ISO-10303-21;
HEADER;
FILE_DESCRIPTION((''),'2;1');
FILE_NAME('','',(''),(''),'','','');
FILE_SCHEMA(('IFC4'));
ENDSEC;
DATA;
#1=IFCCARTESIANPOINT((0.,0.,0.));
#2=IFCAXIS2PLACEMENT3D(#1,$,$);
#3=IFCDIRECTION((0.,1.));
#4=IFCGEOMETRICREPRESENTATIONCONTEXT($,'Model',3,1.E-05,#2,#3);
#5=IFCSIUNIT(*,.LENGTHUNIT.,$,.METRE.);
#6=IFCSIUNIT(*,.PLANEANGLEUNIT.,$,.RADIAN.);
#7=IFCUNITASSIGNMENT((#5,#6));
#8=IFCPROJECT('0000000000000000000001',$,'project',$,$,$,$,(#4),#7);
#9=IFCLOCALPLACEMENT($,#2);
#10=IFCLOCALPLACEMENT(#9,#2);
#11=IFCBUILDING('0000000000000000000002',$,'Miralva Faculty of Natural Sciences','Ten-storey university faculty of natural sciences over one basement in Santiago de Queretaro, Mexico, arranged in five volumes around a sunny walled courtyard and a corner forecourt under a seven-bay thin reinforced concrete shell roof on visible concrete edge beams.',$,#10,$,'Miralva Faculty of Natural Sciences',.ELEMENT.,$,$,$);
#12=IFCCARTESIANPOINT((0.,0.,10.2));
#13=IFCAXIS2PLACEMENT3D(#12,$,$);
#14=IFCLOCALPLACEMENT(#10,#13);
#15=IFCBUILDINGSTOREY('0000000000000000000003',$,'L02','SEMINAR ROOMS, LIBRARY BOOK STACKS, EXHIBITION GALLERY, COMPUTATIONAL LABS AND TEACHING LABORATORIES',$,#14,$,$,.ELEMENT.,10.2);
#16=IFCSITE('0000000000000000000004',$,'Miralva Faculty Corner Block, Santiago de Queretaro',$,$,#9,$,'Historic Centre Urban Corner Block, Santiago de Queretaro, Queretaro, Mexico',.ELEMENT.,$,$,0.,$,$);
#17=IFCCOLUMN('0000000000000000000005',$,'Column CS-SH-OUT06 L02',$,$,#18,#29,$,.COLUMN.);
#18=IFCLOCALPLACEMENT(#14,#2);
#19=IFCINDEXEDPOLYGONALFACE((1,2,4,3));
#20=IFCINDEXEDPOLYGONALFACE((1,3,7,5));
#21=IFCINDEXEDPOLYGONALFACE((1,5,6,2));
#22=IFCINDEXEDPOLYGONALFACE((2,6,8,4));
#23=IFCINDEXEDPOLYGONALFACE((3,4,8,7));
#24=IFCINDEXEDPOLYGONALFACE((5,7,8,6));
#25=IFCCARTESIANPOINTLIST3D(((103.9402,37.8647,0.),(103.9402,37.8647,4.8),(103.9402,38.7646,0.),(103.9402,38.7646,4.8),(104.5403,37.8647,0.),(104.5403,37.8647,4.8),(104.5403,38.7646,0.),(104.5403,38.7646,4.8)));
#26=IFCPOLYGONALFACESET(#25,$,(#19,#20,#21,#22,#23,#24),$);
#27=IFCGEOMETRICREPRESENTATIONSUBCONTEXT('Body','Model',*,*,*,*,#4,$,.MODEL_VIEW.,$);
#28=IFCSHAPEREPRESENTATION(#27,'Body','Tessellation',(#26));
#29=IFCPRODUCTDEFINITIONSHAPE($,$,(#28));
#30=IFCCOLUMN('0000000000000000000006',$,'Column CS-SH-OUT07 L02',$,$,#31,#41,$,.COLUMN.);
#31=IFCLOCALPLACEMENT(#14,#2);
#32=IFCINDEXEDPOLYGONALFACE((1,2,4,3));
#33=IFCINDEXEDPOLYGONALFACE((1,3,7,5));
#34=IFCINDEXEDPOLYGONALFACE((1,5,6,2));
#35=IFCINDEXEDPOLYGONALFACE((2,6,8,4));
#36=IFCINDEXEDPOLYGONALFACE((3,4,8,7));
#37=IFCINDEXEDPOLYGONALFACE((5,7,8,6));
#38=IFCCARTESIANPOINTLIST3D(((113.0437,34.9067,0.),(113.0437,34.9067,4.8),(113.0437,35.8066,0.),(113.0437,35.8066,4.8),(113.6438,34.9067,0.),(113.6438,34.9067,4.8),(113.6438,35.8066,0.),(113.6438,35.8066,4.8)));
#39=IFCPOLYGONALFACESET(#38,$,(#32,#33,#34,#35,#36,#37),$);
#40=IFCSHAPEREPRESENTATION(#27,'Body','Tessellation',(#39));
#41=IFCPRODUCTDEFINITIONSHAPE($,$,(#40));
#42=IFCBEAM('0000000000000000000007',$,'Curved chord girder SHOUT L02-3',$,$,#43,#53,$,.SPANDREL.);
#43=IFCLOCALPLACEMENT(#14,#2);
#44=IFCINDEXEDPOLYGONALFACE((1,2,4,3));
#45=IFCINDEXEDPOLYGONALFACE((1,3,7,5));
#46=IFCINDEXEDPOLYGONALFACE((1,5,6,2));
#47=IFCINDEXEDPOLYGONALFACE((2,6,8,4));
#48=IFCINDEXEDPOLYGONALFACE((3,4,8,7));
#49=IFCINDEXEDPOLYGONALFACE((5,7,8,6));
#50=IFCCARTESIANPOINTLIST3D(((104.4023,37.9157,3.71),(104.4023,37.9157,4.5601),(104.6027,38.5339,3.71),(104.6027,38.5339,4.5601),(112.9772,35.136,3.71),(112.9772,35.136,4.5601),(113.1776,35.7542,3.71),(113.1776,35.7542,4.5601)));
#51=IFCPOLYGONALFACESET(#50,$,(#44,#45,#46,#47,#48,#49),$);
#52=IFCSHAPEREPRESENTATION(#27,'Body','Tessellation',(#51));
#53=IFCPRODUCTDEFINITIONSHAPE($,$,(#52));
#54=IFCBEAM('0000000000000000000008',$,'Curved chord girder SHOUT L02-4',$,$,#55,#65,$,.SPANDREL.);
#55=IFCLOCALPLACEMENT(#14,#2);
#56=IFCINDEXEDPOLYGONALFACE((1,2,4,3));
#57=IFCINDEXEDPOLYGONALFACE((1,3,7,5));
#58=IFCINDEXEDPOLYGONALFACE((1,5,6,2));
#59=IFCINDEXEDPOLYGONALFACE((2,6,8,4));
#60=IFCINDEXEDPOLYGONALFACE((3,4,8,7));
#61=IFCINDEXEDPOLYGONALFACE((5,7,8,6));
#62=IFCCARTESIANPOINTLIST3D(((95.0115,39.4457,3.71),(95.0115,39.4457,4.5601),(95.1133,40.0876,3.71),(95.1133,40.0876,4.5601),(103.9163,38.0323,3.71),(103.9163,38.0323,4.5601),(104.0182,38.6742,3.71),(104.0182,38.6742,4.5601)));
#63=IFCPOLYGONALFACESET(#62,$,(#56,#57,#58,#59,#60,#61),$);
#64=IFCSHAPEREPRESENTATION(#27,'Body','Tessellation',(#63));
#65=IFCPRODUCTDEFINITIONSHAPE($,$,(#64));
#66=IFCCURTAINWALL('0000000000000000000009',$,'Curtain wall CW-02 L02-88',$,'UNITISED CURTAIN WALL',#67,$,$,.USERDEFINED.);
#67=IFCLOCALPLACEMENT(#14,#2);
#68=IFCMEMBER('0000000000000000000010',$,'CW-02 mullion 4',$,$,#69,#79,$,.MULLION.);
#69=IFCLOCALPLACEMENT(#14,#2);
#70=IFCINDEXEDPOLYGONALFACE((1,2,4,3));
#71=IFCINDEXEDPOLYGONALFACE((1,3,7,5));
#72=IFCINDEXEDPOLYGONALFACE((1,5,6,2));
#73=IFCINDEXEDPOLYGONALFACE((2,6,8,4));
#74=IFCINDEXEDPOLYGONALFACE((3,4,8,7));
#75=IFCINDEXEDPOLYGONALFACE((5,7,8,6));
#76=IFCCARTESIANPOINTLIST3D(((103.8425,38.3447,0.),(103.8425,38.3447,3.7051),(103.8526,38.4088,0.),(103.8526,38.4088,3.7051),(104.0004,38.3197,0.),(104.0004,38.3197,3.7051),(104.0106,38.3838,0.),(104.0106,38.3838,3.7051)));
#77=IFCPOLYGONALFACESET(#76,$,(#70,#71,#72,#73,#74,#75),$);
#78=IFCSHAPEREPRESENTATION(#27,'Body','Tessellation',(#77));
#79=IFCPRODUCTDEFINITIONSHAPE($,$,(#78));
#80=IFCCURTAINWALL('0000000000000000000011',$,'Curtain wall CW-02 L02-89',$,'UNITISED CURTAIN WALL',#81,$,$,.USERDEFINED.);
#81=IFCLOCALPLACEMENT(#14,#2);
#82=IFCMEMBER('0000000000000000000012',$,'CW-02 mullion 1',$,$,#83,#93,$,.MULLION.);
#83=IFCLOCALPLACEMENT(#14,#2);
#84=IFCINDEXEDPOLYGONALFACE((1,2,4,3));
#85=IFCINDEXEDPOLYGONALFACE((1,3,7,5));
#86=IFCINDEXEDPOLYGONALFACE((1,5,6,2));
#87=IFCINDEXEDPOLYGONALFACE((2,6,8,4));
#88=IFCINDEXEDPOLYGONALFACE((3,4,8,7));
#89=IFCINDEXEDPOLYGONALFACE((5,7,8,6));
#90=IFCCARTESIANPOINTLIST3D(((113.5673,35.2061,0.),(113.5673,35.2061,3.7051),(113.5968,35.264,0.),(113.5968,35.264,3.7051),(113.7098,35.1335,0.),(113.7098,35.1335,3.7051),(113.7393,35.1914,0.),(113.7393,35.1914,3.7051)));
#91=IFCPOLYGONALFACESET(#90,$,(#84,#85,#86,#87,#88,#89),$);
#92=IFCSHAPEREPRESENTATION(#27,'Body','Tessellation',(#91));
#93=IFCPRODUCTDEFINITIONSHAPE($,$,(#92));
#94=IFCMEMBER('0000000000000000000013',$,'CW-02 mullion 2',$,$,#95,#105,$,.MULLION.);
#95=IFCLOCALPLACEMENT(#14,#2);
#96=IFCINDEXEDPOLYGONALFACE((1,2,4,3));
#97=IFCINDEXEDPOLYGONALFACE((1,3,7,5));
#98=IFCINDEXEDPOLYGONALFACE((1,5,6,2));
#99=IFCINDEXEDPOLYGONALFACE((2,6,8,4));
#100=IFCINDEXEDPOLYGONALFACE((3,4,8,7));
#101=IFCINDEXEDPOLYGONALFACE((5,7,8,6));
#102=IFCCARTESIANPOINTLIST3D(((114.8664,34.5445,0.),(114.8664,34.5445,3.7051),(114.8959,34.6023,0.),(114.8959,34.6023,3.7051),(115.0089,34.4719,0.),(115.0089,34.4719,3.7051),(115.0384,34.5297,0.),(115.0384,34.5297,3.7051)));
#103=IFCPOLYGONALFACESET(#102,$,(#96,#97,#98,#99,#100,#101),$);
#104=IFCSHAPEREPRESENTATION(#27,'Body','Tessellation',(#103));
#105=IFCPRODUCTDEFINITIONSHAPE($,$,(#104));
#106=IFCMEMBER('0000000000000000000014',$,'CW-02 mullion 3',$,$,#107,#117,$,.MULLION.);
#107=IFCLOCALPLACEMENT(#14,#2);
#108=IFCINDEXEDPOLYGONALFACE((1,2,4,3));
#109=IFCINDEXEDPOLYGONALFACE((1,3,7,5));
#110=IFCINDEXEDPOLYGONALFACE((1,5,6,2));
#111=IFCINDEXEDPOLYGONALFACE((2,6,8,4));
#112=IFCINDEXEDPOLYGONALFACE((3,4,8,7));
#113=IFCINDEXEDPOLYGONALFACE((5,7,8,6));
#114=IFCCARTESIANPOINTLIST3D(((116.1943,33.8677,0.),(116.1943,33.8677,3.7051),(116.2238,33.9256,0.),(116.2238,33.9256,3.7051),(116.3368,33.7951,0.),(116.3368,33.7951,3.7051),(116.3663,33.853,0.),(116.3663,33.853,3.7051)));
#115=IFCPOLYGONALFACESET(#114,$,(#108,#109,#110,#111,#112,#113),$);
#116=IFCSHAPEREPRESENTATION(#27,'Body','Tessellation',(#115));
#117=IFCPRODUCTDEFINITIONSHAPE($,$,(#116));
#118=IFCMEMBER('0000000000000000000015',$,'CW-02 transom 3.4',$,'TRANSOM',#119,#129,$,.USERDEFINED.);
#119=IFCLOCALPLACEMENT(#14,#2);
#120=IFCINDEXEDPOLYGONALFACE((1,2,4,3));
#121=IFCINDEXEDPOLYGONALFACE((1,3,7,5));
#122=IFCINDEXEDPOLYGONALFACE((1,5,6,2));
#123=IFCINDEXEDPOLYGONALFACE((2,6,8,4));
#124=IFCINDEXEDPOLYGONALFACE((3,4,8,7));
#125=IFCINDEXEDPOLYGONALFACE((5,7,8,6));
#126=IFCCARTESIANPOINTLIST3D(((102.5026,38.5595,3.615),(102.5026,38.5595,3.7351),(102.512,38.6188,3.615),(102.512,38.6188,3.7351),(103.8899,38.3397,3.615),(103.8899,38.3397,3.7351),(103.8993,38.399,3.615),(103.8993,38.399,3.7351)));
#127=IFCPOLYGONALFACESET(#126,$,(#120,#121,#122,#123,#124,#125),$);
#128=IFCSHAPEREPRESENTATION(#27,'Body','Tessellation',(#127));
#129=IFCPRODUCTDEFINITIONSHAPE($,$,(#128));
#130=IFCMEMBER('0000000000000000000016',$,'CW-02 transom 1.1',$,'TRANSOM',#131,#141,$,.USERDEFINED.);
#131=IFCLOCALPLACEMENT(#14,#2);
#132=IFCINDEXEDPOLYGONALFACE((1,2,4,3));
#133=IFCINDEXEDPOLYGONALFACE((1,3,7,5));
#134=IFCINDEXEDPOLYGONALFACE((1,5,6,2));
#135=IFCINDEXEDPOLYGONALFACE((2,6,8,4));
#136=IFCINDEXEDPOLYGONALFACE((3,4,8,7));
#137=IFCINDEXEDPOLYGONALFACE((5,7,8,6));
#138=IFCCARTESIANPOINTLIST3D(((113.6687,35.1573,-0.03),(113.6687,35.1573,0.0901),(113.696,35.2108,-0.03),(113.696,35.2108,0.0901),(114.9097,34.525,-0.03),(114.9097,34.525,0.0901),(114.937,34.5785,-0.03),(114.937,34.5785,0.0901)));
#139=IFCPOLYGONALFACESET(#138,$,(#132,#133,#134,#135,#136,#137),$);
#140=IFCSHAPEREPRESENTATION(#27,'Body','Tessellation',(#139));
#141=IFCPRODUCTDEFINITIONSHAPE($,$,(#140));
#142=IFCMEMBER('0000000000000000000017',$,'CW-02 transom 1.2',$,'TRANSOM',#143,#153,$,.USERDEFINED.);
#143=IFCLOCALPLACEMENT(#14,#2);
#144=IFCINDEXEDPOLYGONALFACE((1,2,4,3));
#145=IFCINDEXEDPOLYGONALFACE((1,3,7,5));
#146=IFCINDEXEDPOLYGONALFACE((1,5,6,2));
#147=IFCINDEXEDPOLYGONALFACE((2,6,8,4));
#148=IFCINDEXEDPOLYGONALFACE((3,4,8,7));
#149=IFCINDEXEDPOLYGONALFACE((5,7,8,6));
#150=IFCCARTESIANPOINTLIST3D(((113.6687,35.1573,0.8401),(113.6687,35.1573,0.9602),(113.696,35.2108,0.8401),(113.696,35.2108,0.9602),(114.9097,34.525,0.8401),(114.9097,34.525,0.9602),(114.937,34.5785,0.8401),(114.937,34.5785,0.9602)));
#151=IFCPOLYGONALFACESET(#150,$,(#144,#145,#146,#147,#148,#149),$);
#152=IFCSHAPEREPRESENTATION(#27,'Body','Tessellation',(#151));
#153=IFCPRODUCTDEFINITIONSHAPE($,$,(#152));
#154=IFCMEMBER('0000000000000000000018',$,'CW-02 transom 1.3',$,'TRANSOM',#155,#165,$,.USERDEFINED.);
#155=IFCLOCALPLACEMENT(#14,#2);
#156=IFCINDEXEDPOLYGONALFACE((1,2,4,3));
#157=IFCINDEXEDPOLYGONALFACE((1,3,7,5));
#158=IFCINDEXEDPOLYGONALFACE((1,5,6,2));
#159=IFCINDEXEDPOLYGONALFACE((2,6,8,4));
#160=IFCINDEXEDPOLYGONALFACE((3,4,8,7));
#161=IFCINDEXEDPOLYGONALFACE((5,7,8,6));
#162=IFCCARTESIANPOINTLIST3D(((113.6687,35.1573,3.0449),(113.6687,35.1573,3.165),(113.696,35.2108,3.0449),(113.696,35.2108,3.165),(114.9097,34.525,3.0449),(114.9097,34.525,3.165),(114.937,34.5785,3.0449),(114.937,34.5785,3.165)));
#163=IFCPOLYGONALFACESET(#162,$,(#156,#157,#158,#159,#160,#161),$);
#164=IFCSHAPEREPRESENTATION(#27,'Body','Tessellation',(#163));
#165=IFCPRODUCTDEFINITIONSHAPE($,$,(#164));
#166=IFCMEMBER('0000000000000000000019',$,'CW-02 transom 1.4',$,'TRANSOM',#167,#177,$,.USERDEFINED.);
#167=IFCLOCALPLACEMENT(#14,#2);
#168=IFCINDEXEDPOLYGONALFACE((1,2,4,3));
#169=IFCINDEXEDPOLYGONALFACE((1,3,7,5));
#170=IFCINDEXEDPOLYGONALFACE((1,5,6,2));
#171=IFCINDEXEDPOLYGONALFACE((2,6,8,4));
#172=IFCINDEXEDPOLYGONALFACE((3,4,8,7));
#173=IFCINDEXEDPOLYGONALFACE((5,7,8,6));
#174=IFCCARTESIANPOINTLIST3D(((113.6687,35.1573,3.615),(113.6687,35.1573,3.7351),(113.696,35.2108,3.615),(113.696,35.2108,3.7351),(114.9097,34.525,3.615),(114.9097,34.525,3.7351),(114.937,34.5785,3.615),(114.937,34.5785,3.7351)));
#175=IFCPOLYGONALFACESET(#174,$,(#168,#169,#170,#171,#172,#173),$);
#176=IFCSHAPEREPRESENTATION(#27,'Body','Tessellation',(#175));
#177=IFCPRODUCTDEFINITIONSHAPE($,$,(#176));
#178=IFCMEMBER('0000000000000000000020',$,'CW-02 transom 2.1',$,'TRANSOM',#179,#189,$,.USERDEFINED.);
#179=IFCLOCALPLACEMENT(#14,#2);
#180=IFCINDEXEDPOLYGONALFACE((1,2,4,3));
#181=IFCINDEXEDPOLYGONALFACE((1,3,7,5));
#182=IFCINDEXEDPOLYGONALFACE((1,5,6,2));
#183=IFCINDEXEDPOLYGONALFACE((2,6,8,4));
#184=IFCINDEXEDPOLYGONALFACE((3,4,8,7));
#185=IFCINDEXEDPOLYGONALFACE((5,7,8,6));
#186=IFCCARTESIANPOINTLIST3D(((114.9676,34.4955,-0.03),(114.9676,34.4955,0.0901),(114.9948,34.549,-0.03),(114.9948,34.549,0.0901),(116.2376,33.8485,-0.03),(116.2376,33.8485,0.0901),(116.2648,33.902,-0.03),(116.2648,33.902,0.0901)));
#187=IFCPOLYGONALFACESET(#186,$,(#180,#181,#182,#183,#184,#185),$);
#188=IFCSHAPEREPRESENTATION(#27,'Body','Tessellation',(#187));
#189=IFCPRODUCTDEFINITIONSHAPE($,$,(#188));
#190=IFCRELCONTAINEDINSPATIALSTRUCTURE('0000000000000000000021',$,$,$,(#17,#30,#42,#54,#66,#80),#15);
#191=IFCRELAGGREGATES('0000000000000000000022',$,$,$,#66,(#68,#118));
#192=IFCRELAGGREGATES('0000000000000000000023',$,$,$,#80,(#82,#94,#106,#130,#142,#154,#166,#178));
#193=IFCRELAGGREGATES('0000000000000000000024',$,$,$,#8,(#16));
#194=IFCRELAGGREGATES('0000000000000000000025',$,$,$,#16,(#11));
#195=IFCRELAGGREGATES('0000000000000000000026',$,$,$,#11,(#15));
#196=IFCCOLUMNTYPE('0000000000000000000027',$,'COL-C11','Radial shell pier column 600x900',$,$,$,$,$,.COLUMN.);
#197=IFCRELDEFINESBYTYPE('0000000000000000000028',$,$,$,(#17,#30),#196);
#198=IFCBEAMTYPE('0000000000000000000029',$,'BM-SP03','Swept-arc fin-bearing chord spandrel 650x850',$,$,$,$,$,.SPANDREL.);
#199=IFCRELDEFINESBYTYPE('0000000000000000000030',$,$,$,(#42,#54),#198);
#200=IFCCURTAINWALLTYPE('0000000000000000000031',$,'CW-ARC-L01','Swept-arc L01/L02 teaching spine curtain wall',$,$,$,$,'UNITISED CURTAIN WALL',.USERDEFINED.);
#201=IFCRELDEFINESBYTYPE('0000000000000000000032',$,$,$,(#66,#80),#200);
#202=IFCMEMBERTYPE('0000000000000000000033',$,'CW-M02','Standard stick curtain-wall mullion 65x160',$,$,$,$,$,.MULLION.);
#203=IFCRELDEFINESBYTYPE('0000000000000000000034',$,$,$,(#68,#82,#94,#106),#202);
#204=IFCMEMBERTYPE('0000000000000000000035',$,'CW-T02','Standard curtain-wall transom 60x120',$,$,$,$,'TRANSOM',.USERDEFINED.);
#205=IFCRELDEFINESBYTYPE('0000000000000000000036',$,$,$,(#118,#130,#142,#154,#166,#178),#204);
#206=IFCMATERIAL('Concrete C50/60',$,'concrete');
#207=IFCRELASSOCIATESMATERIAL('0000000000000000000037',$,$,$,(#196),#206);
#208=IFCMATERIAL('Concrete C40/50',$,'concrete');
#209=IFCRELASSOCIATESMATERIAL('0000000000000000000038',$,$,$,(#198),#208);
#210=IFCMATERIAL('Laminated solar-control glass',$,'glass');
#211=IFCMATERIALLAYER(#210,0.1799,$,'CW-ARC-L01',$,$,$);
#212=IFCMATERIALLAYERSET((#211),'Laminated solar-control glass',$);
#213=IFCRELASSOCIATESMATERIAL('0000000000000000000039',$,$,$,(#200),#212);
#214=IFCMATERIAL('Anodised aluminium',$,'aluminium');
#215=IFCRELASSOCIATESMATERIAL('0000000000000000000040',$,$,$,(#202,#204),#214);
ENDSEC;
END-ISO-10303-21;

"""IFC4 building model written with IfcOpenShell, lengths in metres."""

from ifc_helpers import new_model, si_unit, direction, frame, origin, origin_2d, place, context, subcontext, project, spatial, rectangle, extrude, material, layer, layer_set, material_profile, profile_set, type_object, element, aggregate, save


model = new_model("IFC4")

# Units and contexts
model_context = context("Model", 3, precision=1e-05, world=origin(), true_north=direction((0.0, 1.0)))
body_context = subcontext(model_context, "Body", "Model", "MODEL_VIEW")
ifc_project = project(units=[si_unit("LENGTHUNIT", "METRE"), si_unit("PLANEANGLEUNIT", "RADIAN")], contexts=[model_context])

# Site, building, storey
site_placement = place(None, origin())
site = spatial("IfcSite", under=ifc_project, at=site_placement, Name="Miralva Faculty Corner Block, Santiago de Queretaro", LongName="Historic Centre Urban Corner Block, Santiago de Queretaro, Queretaro, Mexico", CompositionType="ELEMENT", RefElevation=0.0)
building_placement = place(site_placement, origin())
building = spatial("IfcBuilding", under=site, at=building_placement, Name="Miralva Faculty of Natural Sciences", Description="Ten-storey university faculty of natural sciences over one basement in Santiago de Queretaro, Mexico, arranged in five volumes around a sunny walled courtyard and a corner forecourt under a seven-bay thin reinforced concrete shell roof on visible concrete edge beams.", LongName="Miralva Faculty of Natural Sciences", CompositionType="ELEMENT")
storey_placement = place(building_placement, frame((0.0, 0.0, 10.2)))
storey = spatial("IfcBuildingStorey", under=building, at=storey_placement, Name="L02", Description="SEMINAR ROOMS, LIBRARY BOOK STACKS, EXHIBITION GALLERY, COMPUTATIONAL LABS AND TEACHING LABORATORIES", CompositionType="ELEMENT", Elevation=10.2)

# Columns
ifc_material_1 = material(Name="Concrete C50/60", Category="concrete")
ifc_material_profile_1 = material_profile(ifc_material_1, rectangle(XDim=0.6001, YDim=0.8999, at=origin_2d()), Name="RC 600x900")
ifc_profile_set_1 = profile_set([ifc_material_profile_1], Name="Concrete C50/60")
column_type = type_object("IfcColumnType", Name="COL-C11", Description="Radial shell pier column 600x900", PredefinedType="COLUMN", material=ifc_profile_set_1)
for number, where, z_axis, x_axis, name in (
    (1, (104.2402, 38.3147, 0.0), (0.0, 0.0, 1.0), (1.0, 0.0, 0.0), "Column CS-SH-OUT06 L02"),
    (2, (113.3438, 35.3567, 0.0), (0.0, 0.0, 1.0), (1.0, 0.0, 0.0), "Column CS-SH-OUT07 L02"),
):
    element("IfcColumn", number, at=place(storey_placement, frame(where, z_axis=z_axis, x_axis=x_axis)), inside=storey, type_object=column_type, Name=name, PredefinedType="COLUMN", context=body_context, shape_type="SweptSolid", body=[
        extrude(rectangle(XDim=0.6001, YDim=0.8999, at=origin_2d()), origin(), (0.0, 0.0, 1.0), 4.8),
    ])

# Beams
ifc_material_2 = material(Name="Concrete C40/50", Category="concrete")
ifc_material_profile_2 = material_profile(ifc_material_2, rectangle(XDim=0.6499, YDim=0.8501, at=origin_2d()), Name="RC 650x850")
ifc_profile_set_2 = profile_set([ifc_material_profile_2], Name="Concrete C40/50")
beam_type = type_object("IfcBeamType", Name="BM-SP03", Description="Swept-arc fin-bearing chord spandrel 650x850", PredefinedType="SPANDREL", material=ifc_profile_set_2)
beam_1_placement = place(storey_placement, frame((113.0774, 35.4451, 4.135), z_axis=(-0.951264, 0.308376, 0.0), x_axis=(-0.308376, -0.951264, 0.0)))
element("IfcBeam", 3, at=beam_1_placement, inside=storey, type_object=beam_type, Name="Curved chord girder SHOUT L02-3", PredefinedType="SPANDREL", context=body_context, shape_type="SweptSolid", body=[
    extrude(rectangle(XDim=0.6499, YDim=0.8501, at=origin_2d()), origin(), (0.0, 0.0, 1.0), 9.0142),
])
beam_2_placement = place(storey_placement, frame((103.9673, 38.3533, 4.135), z_axis=(-0.987638, 0.156754, 0.0), x_axis=(-0.156754, -0.987638, 0.0)))
element("IfcBeam", 4, at=beam_2_placement, inside=storey, type_object=beam_type, Name="Curved chord girder SHOUT L02-4", PredefinedType="SPANDREL", context=body_context, shape_type="SweptSolid", body=[
    extrude(rectangle(XDim=0.6499, YDim=0.8501, at=origin_2d()), origin(), (0.0, 0.0, 1.0), 9.0164),
])

# Curtain wall, member
ifc_material_3 = material(Name="Laminated solar-control glass", Category="glass")
ifc_layer_1 = layer(ifc_material_3, 0.1799, Name="CW-ARC-L01")
ifc_layer_set_1 = layer_set([ifc_layer_1], Name="Laminated solar-control glass")
curtain_wall_type = type_object("IfcCurtainWallType", Name="CW-ARC-L01", Description="Swept-arc L01/L02 teaching spine curtain wall", ElementType="UNITISED CURTAIN WALL", PredefinedType="USERDEFINED", material=ifc_layer_set_1)
curtain_wall_1_placement = place(storey_placement, origin())
curtain_wall_1 = element("IfcCurtainWall", 5, at=curtain_wall_1_placement, inside=storey, type_object=curtain_wall_type, Name="Curtain wall CW-02 L02-88", ObjectType="UNITISED CURTAIN WALL", PredefinedType="USERDEFINED")
ifc_material_4 = material(Name="Anodised aluminium", Category="aluminium")
ifc_material_profile_3 = material_profile(ifc_material_4, rectangle(XDim=0.0649, YDim=0.1599, at=origin_2d()), Name="MULLION 65x160")
ifc_profile_set_3 = profile_set([ifc_material_profile_3], Name="Anodised aluminium")
member_type_1 = type_object("IfcMemberType", Name="CW-M02", Description="Standard stick curtain-wall mullion 65x160", PredefinedType="MULLION", material=ifc_profile_set_3)
member_1_placement = place(storey_placement, frame((103.9265, 38.3643, 0.0), z_axis=(0.0, 0.0, 1.0), x_axis=(0.156437, 0.987688, 0.0)))
member_1 = element("IfcMember", 6, at=member_1_placement, type_object=member_type_1, Name="CW-02 mullion 4", PredefinedType="MULLION", context=body_context, shape_type="SweptSolid", body=[
    extrude(rectangle(XDim=0.0649, YDim=0.1599, at=origin_2d()), origin(), (0.0, 0.0, 1.0), 3.7051),
])

# Curtain wall, members
curtain_wall_2_placement = place(storey_placement, origin())
curtain_wall_2 = element("IfcCurtainWall", 7, at=curtain_wall_2_placement, inside=storey, type_object=curtain_wall_type, Name="Curtain wall CW-02 L02-89", ObjectType="UNITISED CURTAIN WALL", PredefinedType="USERDEFINED")
member_2_placement = place(storey_placement, frame((113.6533, 35.1987, 0.0), z_axis=(0.0, 0.0, 1.0), x_axis=(0.453973, 0.891015, 0.0)))
member_2 = element("IfcMember", 8, at=member_2_placement, type_object=member_type_1, Name="CW-02 mullion 1", PredefinedType="MULLION", context=body_context, shape_type="SweptSolid", body=[
    extrude(rectangle(XDim=0.0649, YDim=0.1599, at=origin_2d()), origin(), (0.0, 0.0, 1.0), 3.7051),
])
member_3_placement = place(storey_placement, frame((114.9524, 34.5371, 0.0), z_axis=(0.0, 0.0, 1.0), x_axis=(0.453973, 0.891015, 0.0)))
member_3 = element("IfcMember", 9, at=member_3_placement, type_object=member_type_1, Name="CW-02 mullion 2", PredefinedType="MULLION", context=body_context, shape_type="SweptSolid", body=[
    extrude(rectangle(XDim=0.0649, YDim=0.1599, at=origin_2d()), origin(), (0.0, 0.0, 1.0), 3.7051),
])
member_4_placement = place(storey_placement, frame((116.2803, 33.8604, 0.0), z_axis=(0.0, 0.0, 1.0), x_axis=(0.453973, 0.891015, 0.0)))
member_4 = element("IfcMember", 10, at=member_4_placement, type_object=member_type_1, Name="CW-02 mullion 3", PredefinedType="MULLION", context=body_context, shape_type="SweptSolid", body=[
    extrude(rectangle(XDim=0.0649, YDim=0.1599, at=origin_2d()), origin(), (0.0, 0.0, 1.0), 3.7051),
])

# Members
ifc_material_profile_4 = material_profile(ifc_material_4, rectangle(XDim=0.0601, YDim=0.1201, at=origin_2d()), Name="TRANSOM 60x120")
ifc_profile_set_4 = profile_set([ifc_material_profile_4], Name="Anodised aluminium")
member_type_2 = type_object("IfcMemberType", Name="CW-T02", Description="Standard curtain-wall transom 60x120", ElementType="TRANSOM", PredefinedType="USERDEFINED", material=ifc_profile_set_4)
member_5_placement = place(storey_placement, frame((102.5073, 38.5891, 3.675), z_axis=(0.987687, -0.156445, 0.0), x_axis=(0.156445, 0.987687, 0.0)))
member_5 = element("IfcMember", 11, at=member_5_placement, type_object=member_type_2, Name="CW-02 transom 3.4", ObjectType="TRANSOM", PredefinedType="USERDEFINED", context=body_context, shape_type="SweptSolid", body=[
    extrude(rectangle(XDim=0.0601, YDim=0.1201, at=origin_2d()), origin(), (0.0, 0.0, 1.0), 1.4045),
])
member_6_placement = place(storey_placement, frame((113.6824, 35.1841, 0.03), z_axis=(0.891001, -0.454002, 0.0), x_axis=(0.454002, 0.891001, 0.0)))
member_6 = element("IfcMember", 12, at=member_6_placement, type_object=member_type_2, Name="CW-02 transom 1.1", ObjectType="TRANSOM", PredefinedType="USERDEFINED", context=body_context, shape_type="SweptSolid", body=[
    extrude(rectangle(XDim=0.0601, YDim=0.1201, at=origin_2d()), origin(), (0.0, 0.0, 1.0), 1.3928),
])
member_7_placement = place(storey_placement, frame((113.6824, 35.1841, 0.9001), z_axis=(0.891001, -0.454002, 0.0), x_axis=(0.454002, 0.891001, 0.0)))
member_7 = element("IfcMember", 13, at=member_7_placement, type_object=member_type_2, Name="CW-02 transom 1.2", ObjectType="TRANSOM", PredefinedType="USERDEFINED", context=body_context, shape_type="SweptSolid", body=[
    extrude(rectangle(XDim=0.0601, YDim=0.1201, at=origin_2d()), origin(), (0.0, 0.0, 1.0), 1.3928),
])
member_8_placement = place(storey_placement, frame((113.6824, 35.1841, 3.105), z_axis=(0.891001, -0.454002, 0.0), x_axis=(0.454002, 0.891001, 0.0)))
member_8 = element("IfcMember", 14, at=member_8_placement, type_object=member_type_2, Name="CW-02 transom 1.3", ObjectType="TRANSOM", PredefinedType="USERDEFINED", context=body_context, shape_type="SweptSolid", body=[
    extrude(rectangle(XDim=0.0601, YDim=0.1201, at=origin_2d()), origin(), (0.0, 0.0, 1.0), 1.3928),
])
member_9_placement = place(storey_placement, frame((113.6824, 35.1841, 3.675), z_axis=(0.891001, -0.454002, 0.0), x_axis=(0.454002, 0.891001, 0.0)))
member_9 = element("IfcMember", 15, at=member_9_placement, type_object=member_type_2, Name="CW-02 transom 1.4", ObjectType="TRANSOM", PredefinedType="USERDEFINED", context=body_context, shape_type="SweptSolid", body=[
    extrude(rectangle(XDim=0.0601, YDim=0.1201, at=origin_2d()), origin(), (0.0, 0.0, 1.0), 1.3928),
])
member_10_placement = place(storey_placement, frame((114.9812, 34.5222, 0.03), z_axis=(0.891045, -0.453916, 0.0), x_axis=(0.453916, 0.891045, 0.0)))
member_10 = element("IfcMember", 16, at=member_10_placement, type_object=member_type_2, Name="CW-02 transom 2.1", ObjectType="TRANSOM", PredefinedType="USERDEFINED", context=body_context, shape_type="SweptSolid", body=[
    extrude(rectangle(XDim=0.0601, YDim=0.1201, at=origin_2d()), origin(), (0.0, 0.0, 1.0), 1.4253),
])

aggregate(curtain_wall_1, [member_1, member_5])
aggregate(curtain_wall_2, [member_2, member_3, member_4, member_6, member_7, member_8, member_9, member_10])

save(model, "model.ifc")
